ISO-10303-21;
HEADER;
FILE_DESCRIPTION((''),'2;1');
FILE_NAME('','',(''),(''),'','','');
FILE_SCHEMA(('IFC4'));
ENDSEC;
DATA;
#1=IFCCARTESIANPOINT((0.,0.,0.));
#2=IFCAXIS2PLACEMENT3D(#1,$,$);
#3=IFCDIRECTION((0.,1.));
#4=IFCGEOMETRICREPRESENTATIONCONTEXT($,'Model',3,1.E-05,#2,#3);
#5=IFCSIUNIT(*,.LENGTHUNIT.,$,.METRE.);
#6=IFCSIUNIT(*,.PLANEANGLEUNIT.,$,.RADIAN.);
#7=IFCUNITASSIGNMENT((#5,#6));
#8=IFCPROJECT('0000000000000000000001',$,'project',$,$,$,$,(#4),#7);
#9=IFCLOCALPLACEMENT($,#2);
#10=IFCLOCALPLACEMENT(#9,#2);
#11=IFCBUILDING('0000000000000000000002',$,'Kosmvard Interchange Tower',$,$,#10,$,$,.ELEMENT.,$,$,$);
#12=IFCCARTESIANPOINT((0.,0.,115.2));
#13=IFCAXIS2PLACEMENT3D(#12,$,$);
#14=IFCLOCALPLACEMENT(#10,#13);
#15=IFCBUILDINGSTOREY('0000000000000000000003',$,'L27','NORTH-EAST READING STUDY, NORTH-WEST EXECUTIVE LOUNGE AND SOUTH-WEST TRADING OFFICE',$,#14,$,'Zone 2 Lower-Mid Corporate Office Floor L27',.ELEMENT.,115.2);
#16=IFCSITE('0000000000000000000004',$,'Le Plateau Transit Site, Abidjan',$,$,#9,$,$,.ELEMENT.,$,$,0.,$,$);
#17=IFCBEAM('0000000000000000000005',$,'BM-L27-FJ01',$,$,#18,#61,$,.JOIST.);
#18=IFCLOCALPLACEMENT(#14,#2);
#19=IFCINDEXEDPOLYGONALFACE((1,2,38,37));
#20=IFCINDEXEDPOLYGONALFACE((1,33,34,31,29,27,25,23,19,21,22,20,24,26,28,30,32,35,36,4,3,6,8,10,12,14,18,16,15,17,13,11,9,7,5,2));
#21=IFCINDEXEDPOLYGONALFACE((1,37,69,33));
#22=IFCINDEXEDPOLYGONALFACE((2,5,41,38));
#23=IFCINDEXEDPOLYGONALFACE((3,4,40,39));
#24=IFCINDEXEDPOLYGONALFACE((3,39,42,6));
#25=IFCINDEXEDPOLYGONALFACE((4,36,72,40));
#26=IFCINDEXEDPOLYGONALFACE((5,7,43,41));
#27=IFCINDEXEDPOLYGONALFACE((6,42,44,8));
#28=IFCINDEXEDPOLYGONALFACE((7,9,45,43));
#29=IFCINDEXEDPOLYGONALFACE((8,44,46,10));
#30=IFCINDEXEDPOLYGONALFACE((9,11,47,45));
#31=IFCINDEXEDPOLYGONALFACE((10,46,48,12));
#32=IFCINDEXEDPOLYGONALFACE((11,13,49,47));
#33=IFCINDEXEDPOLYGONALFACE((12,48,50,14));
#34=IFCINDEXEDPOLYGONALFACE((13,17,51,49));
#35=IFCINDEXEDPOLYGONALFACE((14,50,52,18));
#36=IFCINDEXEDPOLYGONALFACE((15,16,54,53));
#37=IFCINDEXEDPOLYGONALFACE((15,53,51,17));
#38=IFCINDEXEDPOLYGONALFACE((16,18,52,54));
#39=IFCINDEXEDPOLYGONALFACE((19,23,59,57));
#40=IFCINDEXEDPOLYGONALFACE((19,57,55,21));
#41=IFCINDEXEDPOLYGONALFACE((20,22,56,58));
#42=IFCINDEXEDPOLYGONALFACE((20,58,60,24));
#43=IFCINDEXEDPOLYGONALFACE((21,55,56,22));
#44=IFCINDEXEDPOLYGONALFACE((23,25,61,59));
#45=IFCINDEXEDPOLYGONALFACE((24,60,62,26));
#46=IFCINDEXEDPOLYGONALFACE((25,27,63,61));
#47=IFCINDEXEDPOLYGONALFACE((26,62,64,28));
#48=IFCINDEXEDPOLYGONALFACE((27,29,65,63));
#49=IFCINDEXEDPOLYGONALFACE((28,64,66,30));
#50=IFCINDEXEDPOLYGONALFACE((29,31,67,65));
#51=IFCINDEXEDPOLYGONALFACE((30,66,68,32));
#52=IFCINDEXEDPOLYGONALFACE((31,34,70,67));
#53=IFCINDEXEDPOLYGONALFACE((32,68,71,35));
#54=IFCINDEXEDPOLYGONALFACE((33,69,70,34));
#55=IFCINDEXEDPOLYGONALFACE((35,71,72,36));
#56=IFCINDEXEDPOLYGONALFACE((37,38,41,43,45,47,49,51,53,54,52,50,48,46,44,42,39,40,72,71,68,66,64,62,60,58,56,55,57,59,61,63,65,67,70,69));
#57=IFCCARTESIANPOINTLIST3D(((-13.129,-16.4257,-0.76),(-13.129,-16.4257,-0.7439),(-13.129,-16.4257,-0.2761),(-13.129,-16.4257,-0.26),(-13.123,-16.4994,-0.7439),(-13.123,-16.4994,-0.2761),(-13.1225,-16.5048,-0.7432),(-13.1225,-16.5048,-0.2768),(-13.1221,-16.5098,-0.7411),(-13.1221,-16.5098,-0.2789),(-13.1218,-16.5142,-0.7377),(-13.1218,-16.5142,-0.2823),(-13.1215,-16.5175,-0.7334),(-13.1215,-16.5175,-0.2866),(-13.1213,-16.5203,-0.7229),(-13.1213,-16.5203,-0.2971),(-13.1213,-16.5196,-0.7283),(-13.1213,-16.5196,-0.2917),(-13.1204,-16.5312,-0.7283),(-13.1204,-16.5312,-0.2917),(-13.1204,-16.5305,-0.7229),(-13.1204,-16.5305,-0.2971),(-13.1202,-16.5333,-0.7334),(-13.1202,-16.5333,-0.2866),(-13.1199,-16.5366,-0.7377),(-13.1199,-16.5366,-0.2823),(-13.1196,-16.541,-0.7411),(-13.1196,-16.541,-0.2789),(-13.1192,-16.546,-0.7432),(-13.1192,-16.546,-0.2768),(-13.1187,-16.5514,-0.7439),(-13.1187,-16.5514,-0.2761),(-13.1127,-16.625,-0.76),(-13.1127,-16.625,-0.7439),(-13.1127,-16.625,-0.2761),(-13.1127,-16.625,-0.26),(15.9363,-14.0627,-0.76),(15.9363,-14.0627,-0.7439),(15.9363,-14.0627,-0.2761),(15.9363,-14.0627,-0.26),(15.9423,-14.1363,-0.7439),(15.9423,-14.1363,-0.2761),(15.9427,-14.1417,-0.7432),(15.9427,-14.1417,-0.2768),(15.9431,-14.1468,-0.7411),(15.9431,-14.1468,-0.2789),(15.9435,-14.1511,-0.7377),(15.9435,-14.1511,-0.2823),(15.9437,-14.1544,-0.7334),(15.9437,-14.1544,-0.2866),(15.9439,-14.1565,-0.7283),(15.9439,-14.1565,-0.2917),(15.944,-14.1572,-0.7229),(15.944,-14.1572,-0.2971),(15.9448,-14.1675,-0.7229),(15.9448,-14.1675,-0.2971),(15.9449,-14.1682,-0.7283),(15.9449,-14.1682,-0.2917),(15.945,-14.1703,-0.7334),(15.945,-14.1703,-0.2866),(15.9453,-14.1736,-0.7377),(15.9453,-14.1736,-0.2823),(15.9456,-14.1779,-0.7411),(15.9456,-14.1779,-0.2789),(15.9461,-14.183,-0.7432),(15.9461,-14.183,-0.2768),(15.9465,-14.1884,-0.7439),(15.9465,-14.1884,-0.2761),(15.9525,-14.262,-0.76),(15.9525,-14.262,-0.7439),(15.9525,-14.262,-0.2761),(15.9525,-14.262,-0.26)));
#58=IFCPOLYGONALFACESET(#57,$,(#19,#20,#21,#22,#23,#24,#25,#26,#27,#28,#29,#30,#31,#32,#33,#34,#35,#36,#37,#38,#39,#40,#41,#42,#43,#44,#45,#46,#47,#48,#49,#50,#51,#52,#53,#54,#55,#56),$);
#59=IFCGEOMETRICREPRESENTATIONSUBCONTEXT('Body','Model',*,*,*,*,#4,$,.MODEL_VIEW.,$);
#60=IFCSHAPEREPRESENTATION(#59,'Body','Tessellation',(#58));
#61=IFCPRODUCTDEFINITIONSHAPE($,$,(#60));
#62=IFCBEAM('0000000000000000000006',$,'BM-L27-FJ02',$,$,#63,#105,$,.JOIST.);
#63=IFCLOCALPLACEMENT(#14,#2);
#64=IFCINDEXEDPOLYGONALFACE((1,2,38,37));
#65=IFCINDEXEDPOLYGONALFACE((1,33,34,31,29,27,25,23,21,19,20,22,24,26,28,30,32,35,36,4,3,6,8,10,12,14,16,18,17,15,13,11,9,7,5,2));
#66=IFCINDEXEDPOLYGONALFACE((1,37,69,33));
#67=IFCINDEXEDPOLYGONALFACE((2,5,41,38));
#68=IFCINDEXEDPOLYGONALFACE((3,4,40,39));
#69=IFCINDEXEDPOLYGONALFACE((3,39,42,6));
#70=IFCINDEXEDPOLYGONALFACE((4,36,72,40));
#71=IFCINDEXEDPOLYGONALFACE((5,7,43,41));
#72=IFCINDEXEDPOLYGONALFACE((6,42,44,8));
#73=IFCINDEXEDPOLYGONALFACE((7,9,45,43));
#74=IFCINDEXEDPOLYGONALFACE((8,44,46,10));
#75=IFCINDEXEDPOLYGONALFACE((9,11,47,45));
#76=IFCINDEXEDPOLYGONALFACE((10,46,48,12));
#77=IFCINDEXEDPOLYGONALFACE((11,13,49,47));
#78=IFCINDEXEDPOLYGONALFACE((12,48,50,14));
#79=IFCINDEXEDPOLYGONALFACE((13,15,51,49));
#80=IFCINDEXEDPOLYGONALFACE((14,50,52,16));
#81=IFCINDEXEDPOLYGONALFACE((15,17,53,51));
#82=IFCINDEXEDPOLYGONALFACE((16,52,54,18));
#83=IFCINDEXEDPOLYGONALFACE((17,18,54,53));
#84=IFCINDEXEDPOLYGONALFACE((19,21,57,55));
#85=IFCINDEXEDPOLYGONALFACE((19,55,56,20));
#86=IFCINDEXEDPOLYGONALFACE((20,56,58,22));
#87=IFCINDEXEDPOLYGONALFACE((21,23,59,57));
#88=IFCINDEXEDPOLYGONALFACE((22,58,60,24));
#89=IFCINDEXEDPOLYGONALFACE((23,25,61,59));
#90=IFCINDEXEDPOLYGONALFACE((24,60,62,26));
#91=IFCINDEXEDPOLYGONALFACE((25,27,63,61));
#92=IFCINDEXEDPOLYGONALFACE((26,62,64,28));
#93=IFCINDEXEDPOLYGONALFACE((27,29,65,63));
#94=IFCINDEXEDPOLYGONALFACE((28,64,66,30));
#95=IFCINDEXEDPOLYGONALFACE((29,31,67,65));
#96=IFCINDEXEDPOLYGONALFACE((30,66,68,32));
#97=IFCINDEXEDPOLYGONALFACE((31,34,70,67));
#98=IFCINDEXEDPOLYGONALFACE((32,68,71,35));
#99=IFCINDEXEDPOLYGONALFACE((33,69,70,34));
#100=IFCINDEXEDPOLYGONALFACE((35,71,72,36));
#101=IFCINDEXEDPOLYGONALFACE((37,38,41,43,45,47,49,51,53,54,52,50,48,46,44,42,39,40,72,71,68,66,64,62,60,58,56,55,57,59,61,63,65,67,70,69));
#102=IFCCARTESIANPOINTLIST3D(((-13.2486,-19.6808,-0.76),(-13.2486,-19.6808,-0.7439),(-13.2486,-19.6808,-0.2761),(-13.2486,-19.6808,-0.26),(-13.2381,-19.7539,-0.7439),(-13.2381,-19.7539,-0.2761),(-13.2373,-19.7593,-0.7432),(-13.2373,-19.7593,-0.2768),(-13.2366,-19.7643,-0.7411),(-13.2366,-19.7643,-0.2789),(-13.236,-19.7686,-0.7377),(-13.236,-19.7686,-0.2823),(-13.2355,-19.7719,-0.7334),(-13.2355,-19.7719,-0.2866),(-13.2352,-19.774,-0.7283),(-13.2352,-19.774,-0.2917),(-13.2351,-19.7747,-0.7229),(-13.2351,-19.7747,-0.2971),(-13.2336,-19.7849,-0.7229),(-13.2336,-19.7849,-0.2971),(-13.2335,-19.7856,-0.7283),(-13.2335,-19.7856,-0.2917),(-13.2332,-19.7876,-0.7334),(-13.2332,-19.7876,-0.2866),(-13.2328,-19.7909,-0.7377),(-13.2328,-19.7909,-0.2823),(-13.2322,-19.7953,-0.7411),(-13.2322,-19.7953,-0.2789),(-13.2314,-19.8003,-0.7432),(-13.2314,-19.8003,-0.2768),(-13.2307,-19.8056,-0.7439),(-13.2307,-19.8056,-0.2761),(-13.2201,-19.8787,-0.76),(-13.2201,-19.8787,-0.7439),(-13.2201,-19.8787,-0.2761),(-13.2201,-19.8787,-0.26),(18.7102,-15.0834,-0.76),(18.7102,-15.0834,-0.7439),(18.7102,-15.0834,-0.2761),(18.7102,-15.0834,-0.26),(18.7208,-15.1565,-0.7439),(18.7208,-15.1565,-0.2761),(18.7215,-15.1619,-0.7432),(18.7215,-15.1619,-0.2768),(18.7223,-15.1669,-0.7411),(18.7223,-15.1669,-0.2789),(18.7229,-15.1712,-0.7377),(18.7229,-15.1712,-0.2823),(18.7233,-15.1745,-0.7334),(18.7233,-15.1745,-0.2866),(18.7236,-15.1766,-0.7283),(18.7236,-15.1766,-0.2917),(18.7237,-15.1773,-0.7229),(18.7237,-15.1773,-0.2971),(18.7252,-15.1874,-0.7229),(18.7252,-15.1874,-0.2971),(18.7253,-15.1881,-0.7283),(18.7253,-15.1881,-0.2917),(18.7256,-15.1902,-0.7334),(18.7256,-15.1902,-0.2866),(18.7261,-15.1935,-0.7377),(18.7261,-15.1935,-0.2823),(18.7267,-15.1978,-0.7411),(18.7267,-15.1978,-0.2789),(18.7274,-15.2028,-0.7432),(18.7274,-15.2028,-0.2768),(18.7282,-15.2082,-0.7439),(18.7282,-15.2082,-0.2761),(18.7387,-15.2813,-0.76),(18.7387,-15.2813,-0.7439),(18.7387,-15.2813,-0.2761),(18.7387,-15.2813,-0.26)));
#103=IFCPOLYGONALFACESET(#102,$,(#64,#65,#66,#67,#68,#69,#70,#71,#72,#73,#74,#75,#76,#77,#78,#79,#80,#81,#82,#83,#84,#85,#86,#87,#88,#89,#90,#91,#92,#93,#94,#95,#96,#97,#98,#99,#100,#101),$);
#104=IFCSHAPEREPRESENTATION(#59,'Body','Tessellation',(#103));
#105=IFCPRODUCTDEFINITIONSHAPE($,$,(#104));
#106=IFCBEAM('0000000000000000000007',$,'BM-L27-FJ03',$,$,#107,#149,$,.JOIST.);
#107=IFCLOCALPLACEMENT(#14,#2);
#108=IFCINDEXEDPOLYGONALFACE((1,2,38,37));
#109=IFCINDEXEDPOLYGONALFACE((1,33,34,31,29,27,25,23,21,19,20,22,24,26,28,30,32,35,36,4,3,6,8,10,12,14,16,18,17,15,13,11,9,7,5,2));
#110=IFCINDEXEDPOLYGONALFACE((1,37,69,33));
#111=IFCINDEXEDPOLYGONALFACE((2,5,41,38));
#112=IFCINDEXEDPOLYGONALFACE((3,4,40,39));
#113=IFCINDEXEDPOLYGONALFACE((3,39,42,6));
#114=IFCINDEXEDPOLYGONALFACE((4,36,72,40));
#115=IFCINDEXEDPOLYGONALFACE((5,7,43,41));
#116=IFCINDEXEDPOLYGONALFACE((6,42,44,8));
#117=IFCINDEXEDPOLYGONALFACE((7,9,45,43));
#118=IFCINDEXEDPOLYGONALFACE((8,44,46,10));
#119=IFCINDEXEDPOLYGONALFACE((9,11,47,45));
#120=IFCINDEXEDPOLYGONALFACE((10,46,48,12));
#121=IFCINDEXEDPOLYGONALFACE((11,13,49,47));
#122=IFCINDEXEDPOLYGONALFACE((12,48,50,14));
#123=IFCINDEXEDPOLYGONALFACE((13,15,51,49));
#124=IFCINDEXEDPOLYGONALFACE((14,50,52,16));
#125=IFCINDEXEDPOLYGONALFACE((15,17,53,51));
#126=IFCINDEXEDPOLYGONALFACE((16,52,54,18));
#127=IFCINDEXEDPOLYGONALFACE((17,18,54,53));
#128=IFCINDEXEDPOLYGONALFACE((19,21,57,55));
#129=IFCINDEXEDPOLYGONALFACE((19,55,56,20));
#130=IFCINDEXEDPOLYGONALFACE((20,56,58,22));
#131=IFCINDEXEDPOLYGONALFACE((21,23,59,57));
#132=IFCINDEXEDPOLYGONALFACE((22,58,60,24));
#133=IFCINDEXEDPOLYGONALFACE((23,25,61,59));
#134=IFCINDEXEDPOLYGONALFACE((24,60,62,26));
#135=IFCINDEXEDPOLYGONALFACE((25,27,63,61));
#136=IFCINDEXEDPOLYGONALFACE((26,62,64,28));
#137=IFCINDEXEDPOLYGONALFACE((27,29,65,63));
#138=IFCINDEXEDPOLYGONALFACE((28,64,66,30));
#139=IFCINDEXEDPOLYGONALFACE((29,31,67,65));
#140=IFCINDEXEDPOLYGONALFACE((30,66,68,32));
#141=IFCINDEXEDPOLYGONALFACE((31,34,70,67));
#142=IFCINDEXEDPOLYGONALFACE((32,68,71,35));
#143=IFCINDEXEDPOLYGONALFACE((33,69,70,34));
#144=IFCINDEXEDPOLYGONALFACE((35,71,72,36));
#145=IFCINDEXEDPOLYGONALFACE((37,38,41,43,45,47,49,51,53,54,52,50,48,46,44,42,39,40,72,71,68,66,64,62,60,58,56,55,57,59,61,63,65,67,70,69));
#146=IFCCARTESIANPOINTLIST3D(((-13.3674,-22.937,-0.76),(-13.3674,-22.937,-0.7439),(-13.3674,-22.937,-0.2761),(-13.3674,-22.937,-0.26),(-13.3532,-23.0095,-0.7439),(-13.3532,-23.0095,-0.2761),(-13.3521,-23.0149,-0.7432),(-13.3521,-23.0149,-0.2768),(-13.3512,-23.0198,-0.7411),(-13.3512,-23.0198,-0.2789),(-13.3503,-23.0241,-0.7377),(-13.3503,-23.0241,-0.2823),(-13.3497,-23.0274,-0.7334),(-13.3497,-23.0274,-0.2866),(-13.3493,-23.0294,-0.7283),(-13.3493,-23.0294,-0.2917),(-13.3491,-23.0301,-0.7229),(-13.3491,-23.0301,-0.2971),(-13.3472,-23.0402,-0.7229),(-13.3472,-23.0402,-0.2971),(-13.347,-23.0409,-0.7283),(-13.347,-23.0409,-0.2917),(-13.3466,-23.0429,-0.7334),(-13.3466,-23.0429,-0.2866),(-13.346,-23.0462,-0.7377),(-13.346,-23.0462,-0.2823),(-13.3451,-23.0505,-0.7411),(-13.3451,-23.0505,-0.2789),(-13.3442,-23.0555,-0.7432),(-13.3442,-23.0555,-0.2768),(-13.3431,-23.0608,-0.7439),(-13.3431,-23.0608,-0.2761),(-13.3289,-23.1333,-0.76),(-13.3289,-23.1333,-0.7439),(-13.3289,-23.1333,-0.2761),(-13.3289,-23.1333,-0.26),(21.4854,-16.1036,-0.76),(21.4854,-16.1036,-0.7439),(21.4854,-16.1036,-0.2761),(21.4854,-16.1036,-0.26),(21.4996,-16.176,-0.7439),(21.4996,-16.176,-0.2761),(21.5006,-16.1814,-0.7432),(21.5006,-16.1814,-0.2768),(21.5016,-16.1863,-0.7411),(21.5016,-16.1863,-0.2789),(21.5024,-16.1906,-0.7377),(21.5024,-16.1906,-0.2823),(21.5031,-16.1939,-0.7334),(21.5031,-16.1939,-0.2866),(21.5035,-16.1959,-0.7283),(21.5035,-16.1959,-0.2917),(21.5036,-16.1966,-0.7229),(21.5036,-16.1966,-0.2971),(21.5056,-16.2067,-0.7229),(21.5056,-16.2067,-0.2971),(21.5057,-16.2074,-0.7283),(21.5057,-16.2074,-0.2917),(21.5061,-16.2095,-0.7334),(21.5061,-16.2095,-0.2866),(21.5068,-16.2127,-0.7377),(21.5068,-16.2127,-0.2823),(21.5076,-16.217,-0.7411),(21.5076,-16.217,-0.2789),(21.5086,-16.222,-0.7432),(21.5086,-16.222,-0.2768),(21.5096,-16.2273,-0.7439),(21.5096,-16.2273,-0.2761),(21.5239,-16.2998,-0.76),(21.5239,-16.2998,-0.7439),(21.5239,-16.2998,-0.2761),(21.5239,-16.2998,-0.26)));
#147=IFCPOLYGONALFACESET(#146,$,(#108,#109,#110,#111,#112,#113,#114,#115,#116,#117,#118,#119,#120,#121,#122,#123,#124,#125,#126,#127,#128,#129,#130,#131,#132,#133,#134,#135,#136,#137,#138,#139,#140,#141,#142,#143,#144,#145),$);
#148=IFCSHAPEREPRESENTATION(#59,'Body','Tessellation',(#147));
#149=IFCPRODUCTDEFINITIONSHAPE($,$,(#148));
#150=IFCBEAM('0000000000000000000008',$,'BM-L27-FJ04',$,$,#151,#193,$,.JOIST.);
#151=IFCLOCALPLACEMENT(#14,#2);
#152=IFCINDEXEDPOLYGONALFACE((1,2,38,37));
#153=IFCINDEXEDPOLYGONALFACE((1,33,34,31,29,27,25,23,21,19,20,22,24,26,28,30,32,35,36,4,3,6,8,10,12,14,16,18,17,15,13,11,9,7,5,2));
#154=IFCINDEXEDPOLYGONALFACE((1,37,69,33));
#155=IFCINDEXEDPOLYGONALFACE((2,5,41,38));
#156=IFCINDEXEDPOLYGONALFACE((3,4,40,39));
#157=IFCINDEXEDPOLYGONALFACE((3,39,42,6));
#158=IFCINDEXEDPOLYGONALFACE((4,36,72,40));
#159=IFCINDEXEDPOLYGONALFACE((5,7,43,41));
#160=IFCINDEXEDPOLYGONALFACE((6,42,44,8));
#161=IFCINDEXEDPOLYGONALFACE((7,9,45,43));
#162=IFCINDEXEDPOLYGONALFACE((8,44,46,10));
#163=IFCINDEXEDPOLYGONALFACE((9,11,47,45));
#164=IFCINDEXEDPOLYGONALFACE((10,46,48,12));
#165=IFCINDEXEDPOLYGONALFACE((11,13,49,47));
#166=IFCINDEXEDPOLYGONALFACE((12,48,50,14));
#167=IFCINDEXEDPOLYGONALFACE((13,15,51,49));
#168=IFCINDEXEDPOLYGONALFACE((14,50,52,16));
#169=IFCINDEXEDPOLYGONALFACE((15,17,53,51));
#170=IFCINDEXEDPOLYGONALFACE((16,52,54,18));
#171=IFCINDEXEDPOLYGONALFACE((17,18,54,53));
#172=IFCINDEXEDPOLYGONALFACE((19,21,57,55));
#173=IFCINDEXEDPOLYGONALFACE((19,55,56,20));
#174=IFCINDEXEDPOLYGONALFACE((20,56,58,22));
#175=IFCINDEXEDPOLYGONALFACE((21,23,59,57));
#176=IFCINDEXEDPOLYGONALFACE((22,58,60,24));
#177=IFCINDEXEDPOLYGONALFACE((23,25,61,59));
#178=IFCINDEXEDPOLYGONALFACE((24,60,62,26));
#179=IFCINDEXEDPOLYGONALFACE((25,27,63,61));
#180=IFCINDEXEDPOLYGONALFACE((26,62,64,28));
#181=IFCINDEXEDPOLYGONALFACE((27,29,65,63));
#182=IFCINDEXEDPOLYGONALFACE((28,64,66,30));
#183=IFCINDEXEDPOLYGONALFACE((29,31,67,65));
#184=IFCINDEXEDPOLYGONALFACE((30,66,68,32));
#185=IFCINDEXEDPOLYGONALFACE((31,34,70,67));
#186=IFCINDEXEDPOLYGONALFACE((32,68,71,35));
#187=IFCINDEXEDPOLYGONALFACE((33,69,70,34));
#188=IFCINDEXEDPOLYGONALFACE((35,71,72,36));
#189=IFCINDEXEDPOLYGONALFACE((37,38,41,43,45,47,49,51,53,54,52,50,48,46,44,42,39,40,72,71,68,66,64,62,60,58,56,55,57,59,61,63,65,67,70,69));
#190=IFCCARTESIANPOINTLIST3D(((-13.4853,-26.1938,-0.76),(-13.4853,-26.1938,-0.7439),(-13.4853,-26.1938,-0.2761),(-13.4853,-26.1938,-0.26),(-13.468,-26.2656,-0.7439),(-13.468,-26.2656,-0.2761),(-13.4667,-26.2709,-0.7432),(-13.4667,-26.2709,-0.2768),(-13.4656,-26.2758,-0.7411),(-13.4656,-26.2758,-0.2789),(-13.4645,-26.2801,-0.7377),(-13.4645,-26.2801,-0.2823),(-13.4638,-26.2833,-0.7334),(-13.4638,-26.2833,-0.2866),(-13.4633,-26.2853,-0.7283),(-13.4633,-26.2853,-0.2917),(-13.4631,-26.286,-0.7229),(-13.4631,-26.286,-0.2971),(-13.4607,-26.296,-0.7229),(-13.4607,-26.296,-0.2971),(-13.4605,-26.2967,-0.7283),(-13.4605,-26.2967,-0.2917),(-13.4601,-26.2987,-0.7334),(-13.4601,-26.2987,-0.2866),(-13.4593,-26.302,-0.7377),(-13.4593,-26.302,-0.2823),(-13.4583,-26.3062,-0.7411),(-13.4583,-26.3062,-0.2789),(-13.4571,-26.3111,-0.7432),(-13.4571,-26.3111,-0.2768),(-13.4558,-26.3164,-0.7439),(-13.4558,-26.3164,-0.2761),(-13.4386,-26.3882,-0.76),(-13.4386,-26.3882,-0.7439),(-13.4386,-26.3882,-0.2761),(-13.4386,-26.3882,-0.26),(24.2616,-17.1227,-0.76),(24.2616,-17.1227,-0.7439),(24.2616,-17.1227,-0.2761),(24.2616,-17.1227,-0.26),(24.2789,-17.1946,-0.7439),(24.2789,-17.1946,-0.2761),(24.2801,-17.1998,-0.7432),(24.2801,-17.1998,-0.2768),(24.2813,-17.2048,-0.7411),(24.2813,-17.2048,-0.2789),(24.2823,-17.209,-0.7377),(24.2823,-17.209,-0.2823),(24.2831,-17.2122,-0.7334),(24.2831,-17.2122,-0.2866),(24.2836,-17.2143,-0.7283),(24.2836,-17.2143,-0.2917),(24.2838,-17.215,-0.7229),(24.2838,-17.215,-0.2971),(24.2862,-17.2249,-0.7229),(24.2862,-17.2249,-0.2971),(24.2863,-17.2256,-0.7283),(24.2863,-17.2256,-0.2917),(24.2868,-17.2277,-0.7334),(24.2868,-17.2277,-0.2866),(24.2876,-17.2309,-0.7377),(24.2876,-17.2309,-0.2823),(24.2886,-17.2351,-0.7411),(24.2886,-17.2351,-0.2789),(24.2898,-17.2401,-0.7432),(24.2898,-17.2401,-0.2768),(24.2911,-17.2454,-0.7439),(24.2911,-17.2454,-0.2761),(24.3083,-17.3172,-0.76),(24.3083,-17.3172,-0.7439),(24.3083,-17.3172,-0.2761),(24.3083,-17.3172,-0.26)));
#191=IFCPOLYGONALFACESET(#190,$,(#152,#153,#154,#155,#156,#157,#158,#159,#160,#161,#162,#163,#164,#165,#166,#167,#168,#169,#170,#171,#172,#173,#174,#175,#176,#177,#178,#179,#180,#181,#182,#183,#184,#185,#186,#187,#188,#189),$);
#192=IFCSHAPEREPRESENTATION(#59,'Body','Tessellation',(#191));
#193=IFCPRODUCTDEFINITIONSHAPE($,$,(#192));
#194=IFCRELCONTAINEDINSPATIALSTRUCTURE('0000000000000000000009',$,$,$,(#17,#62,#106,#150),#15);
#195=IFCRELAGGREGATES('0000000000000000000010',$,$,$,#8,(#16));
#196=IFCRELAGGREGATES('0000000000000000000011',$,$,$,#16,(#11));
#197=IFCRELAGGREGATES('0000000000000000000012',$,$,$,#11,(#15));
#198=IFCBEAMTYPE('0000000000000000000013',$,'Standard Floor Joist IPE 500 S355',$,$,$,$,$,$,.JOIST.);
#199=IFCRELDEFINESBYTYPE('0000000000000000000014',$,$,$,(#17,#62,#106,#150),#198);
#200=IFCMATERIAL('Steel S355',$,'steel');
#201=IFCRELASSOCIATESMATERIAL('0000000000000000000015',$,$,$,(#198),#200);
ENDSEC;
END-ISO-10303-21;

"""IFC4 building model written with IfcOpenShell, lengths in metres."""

from ifc_helpers import new_model, si_unit, direction, frame, origin, origin_2d, place, context, subcontext, project, spatial, i_section, extrude, source, transform, mapped, material, material_profile, profile_set, type_object, element, save


model = new_model("IFC4")

# Units and contexts
model_context = context("Model", 3, precision=1e-05, world=origin(), true_north=direction((0.0, 1.0)))
body_context = subcontext(model_context, "Body", "Model", "MODEL_VIEW")
ifc_project = project(units=[si_unit("LENGTHUNIT", "METRE"), si_unit("PLANEANGLEUNIT", "RADIAN")], contexts=[model_context])

# Site, building, storey
site_placement = place(None, origin())
site = spatial("IfcSite", under=ifc_project, at=site_placement, Name="Le Plateau Transit Site, Abidjan", CompositionType="ELEMENT", RefElevation=0.0)
building_placement = place(site_placement, origin())
building = spatial("IfcBuilding", under=site, at=building_placement, Name="Kosmvard Interchange Tower", CompositionType="ELEMENT")
storey_placement = place(building_placement, frame((0.0, 0.0, 115.2)))
storey = spatial("IfcBuildingStorey", under=building, at=storey_placement, Name="L27", Description="NORTH-EAST READING STUDY, NORTH-WEST EXECUTIVE LOUNGE AND SOUTH-WEST TRADING OFFICE", LongName="Zone 2 Lower-Mid Corporate Office Floor L27", CompositionType="ELEMENT", Elevation=115.2)

# Beams
ifc_material_1 = material(Name="Steel S355", Category="steel")
ifc_material_profile_1 = material_profile(ifc_material_1, i_section(OverallWidth=0.2, OverallDepth=0.5, WebThickness=0.0103, FlangeThickness=0.0161, FilletRadius=0.021, at=origin_2d()), Name="IPE 500")
ifc_profile_set_1 = profile_set([ifc_material_profile_1], Name="Steel S355")
beam_type_1 = type_object("IfcBeamType", Name="Standard Floor Joist IPE 500 S355", PredefinedType="JOIST", material=ifc_profile_set_1)
shared_shape_1 = source(origin(), body_context, "Body", "SweptSolid", [
    extrude(i_section(OverallWidth=0.2, OverallDepth=0.5, WebThickness=0.0103, FlangeThickness=0.0161, FilletRadius=0.021, at=origin_2d()), origin(), (0.0, 0.0, 1.0), 29.1611),
])
beam_1_placement = place(storey_placement, frame((-13.1208, -16.5254, -0.51), z_axis=(0.996711, 0.081034, 0.0), x_axis=(-0.081034, 0.996711, 0.0)))
element("IfcBeam", 1, at=beam_1_placement, inside=storey, type_object=beam_type_1, Name="BM-L27-FJ01", PredefinedType="JOIST", context=body_context, shape_type="MappedRepresentation", body=[
    mapped(shared_shape_1, transform((0.0, 0.0, 0.0), scale=1.0)),
])
shared_shape_2 = source(origin(), body_context, "Body", "SweptSolid", [
    extrude(i_section(OverallWidth=0.2, OverallDepth=0.5, WebThickness=0.0103, FlangeThickness=0.0161, FilletRadius=0.021, at=origin_2d()), origin(), (0.0, 0.0, 1.0), 32.2878),
])
beam_2_placement = place(storey_placement, frame((-13.2344, -19.7798, -0.51), z_axis=(0.989811, 0.142389, 0.0), x_axis=(-0.142389, 0.989811, 0.0)))
element("IfcBeam", 2, at=beam_2_placement, inside=storey, type_object=beam_type_1, Name="BM-L27-FJ02", PredefinedType="JOIST", context=body_context, shape_type="MappedRepresentation", body=[
    mapped(shared_shape_2, transform((0.0, 0.0, 0.0), scale=1.0)),
])
shared_shape_3 = source(origin(), body_context, "Body", "SweptSolid", [
    extrude(i_section(OverallWidth=0.2, OverallDepth=0.5, WebThickness=0.0103, FlangeThickness=0.0161, FilletRadius=0.021, at=origin_2d()), origin(), (0.0, 0.0, 1.0), 35.5164),
])
beam_3_placement = place(storey_placement, frame((-13.3481, -23.0352, -0.51), z_axis=(0.981316, 0.192404, 0.0), x_axis=(-0.192404, 0.981316, 0.0)))
element("IfcBeam", 3, at=beam_3_placement, inside=storey, type_object=beam_type_1, Name="BM-L27-FJ03", PredefinedType="JOIST", context=body_context, shape_type="MappedRepresentation", body=[
    mapped(shared_shape_3, transform((0.0, 0.0, 0.0), scale=1.0)),
])
shared_shape_4 = source(origin(), body_context, "Body", "SweptSolid", [
    extrude(i_section(OverallWidth=0.2, OverallDepth=0.5, WebThickness=0.0103, FlangeThickness=0.0161, FilletRadius=0.021, at=origin_2d()), origin(), (0.0, 0.0, 1.0), 38.8215),
])
beam_4_placement = place(storey_placement, frame((-13.4619, -26.291, -0.51), z_axis=(0.972318, 0.233661, 0.0), x_axis=(-0.233661, 0.972318, 0.0)))
element("IfcBeam", 4, at=beam_4_placement, inside=storey, type_object=beam_type_1, Name="BM-L27-FJ04", PredefinedType="JOIST", context=body_context, shape_type="MappedRepresentation", body=[
    mapped(shared_shape_4, transform((0.0, 0.0, 0.0), scale=1.0)),
])

save(model, "model.ifc")
